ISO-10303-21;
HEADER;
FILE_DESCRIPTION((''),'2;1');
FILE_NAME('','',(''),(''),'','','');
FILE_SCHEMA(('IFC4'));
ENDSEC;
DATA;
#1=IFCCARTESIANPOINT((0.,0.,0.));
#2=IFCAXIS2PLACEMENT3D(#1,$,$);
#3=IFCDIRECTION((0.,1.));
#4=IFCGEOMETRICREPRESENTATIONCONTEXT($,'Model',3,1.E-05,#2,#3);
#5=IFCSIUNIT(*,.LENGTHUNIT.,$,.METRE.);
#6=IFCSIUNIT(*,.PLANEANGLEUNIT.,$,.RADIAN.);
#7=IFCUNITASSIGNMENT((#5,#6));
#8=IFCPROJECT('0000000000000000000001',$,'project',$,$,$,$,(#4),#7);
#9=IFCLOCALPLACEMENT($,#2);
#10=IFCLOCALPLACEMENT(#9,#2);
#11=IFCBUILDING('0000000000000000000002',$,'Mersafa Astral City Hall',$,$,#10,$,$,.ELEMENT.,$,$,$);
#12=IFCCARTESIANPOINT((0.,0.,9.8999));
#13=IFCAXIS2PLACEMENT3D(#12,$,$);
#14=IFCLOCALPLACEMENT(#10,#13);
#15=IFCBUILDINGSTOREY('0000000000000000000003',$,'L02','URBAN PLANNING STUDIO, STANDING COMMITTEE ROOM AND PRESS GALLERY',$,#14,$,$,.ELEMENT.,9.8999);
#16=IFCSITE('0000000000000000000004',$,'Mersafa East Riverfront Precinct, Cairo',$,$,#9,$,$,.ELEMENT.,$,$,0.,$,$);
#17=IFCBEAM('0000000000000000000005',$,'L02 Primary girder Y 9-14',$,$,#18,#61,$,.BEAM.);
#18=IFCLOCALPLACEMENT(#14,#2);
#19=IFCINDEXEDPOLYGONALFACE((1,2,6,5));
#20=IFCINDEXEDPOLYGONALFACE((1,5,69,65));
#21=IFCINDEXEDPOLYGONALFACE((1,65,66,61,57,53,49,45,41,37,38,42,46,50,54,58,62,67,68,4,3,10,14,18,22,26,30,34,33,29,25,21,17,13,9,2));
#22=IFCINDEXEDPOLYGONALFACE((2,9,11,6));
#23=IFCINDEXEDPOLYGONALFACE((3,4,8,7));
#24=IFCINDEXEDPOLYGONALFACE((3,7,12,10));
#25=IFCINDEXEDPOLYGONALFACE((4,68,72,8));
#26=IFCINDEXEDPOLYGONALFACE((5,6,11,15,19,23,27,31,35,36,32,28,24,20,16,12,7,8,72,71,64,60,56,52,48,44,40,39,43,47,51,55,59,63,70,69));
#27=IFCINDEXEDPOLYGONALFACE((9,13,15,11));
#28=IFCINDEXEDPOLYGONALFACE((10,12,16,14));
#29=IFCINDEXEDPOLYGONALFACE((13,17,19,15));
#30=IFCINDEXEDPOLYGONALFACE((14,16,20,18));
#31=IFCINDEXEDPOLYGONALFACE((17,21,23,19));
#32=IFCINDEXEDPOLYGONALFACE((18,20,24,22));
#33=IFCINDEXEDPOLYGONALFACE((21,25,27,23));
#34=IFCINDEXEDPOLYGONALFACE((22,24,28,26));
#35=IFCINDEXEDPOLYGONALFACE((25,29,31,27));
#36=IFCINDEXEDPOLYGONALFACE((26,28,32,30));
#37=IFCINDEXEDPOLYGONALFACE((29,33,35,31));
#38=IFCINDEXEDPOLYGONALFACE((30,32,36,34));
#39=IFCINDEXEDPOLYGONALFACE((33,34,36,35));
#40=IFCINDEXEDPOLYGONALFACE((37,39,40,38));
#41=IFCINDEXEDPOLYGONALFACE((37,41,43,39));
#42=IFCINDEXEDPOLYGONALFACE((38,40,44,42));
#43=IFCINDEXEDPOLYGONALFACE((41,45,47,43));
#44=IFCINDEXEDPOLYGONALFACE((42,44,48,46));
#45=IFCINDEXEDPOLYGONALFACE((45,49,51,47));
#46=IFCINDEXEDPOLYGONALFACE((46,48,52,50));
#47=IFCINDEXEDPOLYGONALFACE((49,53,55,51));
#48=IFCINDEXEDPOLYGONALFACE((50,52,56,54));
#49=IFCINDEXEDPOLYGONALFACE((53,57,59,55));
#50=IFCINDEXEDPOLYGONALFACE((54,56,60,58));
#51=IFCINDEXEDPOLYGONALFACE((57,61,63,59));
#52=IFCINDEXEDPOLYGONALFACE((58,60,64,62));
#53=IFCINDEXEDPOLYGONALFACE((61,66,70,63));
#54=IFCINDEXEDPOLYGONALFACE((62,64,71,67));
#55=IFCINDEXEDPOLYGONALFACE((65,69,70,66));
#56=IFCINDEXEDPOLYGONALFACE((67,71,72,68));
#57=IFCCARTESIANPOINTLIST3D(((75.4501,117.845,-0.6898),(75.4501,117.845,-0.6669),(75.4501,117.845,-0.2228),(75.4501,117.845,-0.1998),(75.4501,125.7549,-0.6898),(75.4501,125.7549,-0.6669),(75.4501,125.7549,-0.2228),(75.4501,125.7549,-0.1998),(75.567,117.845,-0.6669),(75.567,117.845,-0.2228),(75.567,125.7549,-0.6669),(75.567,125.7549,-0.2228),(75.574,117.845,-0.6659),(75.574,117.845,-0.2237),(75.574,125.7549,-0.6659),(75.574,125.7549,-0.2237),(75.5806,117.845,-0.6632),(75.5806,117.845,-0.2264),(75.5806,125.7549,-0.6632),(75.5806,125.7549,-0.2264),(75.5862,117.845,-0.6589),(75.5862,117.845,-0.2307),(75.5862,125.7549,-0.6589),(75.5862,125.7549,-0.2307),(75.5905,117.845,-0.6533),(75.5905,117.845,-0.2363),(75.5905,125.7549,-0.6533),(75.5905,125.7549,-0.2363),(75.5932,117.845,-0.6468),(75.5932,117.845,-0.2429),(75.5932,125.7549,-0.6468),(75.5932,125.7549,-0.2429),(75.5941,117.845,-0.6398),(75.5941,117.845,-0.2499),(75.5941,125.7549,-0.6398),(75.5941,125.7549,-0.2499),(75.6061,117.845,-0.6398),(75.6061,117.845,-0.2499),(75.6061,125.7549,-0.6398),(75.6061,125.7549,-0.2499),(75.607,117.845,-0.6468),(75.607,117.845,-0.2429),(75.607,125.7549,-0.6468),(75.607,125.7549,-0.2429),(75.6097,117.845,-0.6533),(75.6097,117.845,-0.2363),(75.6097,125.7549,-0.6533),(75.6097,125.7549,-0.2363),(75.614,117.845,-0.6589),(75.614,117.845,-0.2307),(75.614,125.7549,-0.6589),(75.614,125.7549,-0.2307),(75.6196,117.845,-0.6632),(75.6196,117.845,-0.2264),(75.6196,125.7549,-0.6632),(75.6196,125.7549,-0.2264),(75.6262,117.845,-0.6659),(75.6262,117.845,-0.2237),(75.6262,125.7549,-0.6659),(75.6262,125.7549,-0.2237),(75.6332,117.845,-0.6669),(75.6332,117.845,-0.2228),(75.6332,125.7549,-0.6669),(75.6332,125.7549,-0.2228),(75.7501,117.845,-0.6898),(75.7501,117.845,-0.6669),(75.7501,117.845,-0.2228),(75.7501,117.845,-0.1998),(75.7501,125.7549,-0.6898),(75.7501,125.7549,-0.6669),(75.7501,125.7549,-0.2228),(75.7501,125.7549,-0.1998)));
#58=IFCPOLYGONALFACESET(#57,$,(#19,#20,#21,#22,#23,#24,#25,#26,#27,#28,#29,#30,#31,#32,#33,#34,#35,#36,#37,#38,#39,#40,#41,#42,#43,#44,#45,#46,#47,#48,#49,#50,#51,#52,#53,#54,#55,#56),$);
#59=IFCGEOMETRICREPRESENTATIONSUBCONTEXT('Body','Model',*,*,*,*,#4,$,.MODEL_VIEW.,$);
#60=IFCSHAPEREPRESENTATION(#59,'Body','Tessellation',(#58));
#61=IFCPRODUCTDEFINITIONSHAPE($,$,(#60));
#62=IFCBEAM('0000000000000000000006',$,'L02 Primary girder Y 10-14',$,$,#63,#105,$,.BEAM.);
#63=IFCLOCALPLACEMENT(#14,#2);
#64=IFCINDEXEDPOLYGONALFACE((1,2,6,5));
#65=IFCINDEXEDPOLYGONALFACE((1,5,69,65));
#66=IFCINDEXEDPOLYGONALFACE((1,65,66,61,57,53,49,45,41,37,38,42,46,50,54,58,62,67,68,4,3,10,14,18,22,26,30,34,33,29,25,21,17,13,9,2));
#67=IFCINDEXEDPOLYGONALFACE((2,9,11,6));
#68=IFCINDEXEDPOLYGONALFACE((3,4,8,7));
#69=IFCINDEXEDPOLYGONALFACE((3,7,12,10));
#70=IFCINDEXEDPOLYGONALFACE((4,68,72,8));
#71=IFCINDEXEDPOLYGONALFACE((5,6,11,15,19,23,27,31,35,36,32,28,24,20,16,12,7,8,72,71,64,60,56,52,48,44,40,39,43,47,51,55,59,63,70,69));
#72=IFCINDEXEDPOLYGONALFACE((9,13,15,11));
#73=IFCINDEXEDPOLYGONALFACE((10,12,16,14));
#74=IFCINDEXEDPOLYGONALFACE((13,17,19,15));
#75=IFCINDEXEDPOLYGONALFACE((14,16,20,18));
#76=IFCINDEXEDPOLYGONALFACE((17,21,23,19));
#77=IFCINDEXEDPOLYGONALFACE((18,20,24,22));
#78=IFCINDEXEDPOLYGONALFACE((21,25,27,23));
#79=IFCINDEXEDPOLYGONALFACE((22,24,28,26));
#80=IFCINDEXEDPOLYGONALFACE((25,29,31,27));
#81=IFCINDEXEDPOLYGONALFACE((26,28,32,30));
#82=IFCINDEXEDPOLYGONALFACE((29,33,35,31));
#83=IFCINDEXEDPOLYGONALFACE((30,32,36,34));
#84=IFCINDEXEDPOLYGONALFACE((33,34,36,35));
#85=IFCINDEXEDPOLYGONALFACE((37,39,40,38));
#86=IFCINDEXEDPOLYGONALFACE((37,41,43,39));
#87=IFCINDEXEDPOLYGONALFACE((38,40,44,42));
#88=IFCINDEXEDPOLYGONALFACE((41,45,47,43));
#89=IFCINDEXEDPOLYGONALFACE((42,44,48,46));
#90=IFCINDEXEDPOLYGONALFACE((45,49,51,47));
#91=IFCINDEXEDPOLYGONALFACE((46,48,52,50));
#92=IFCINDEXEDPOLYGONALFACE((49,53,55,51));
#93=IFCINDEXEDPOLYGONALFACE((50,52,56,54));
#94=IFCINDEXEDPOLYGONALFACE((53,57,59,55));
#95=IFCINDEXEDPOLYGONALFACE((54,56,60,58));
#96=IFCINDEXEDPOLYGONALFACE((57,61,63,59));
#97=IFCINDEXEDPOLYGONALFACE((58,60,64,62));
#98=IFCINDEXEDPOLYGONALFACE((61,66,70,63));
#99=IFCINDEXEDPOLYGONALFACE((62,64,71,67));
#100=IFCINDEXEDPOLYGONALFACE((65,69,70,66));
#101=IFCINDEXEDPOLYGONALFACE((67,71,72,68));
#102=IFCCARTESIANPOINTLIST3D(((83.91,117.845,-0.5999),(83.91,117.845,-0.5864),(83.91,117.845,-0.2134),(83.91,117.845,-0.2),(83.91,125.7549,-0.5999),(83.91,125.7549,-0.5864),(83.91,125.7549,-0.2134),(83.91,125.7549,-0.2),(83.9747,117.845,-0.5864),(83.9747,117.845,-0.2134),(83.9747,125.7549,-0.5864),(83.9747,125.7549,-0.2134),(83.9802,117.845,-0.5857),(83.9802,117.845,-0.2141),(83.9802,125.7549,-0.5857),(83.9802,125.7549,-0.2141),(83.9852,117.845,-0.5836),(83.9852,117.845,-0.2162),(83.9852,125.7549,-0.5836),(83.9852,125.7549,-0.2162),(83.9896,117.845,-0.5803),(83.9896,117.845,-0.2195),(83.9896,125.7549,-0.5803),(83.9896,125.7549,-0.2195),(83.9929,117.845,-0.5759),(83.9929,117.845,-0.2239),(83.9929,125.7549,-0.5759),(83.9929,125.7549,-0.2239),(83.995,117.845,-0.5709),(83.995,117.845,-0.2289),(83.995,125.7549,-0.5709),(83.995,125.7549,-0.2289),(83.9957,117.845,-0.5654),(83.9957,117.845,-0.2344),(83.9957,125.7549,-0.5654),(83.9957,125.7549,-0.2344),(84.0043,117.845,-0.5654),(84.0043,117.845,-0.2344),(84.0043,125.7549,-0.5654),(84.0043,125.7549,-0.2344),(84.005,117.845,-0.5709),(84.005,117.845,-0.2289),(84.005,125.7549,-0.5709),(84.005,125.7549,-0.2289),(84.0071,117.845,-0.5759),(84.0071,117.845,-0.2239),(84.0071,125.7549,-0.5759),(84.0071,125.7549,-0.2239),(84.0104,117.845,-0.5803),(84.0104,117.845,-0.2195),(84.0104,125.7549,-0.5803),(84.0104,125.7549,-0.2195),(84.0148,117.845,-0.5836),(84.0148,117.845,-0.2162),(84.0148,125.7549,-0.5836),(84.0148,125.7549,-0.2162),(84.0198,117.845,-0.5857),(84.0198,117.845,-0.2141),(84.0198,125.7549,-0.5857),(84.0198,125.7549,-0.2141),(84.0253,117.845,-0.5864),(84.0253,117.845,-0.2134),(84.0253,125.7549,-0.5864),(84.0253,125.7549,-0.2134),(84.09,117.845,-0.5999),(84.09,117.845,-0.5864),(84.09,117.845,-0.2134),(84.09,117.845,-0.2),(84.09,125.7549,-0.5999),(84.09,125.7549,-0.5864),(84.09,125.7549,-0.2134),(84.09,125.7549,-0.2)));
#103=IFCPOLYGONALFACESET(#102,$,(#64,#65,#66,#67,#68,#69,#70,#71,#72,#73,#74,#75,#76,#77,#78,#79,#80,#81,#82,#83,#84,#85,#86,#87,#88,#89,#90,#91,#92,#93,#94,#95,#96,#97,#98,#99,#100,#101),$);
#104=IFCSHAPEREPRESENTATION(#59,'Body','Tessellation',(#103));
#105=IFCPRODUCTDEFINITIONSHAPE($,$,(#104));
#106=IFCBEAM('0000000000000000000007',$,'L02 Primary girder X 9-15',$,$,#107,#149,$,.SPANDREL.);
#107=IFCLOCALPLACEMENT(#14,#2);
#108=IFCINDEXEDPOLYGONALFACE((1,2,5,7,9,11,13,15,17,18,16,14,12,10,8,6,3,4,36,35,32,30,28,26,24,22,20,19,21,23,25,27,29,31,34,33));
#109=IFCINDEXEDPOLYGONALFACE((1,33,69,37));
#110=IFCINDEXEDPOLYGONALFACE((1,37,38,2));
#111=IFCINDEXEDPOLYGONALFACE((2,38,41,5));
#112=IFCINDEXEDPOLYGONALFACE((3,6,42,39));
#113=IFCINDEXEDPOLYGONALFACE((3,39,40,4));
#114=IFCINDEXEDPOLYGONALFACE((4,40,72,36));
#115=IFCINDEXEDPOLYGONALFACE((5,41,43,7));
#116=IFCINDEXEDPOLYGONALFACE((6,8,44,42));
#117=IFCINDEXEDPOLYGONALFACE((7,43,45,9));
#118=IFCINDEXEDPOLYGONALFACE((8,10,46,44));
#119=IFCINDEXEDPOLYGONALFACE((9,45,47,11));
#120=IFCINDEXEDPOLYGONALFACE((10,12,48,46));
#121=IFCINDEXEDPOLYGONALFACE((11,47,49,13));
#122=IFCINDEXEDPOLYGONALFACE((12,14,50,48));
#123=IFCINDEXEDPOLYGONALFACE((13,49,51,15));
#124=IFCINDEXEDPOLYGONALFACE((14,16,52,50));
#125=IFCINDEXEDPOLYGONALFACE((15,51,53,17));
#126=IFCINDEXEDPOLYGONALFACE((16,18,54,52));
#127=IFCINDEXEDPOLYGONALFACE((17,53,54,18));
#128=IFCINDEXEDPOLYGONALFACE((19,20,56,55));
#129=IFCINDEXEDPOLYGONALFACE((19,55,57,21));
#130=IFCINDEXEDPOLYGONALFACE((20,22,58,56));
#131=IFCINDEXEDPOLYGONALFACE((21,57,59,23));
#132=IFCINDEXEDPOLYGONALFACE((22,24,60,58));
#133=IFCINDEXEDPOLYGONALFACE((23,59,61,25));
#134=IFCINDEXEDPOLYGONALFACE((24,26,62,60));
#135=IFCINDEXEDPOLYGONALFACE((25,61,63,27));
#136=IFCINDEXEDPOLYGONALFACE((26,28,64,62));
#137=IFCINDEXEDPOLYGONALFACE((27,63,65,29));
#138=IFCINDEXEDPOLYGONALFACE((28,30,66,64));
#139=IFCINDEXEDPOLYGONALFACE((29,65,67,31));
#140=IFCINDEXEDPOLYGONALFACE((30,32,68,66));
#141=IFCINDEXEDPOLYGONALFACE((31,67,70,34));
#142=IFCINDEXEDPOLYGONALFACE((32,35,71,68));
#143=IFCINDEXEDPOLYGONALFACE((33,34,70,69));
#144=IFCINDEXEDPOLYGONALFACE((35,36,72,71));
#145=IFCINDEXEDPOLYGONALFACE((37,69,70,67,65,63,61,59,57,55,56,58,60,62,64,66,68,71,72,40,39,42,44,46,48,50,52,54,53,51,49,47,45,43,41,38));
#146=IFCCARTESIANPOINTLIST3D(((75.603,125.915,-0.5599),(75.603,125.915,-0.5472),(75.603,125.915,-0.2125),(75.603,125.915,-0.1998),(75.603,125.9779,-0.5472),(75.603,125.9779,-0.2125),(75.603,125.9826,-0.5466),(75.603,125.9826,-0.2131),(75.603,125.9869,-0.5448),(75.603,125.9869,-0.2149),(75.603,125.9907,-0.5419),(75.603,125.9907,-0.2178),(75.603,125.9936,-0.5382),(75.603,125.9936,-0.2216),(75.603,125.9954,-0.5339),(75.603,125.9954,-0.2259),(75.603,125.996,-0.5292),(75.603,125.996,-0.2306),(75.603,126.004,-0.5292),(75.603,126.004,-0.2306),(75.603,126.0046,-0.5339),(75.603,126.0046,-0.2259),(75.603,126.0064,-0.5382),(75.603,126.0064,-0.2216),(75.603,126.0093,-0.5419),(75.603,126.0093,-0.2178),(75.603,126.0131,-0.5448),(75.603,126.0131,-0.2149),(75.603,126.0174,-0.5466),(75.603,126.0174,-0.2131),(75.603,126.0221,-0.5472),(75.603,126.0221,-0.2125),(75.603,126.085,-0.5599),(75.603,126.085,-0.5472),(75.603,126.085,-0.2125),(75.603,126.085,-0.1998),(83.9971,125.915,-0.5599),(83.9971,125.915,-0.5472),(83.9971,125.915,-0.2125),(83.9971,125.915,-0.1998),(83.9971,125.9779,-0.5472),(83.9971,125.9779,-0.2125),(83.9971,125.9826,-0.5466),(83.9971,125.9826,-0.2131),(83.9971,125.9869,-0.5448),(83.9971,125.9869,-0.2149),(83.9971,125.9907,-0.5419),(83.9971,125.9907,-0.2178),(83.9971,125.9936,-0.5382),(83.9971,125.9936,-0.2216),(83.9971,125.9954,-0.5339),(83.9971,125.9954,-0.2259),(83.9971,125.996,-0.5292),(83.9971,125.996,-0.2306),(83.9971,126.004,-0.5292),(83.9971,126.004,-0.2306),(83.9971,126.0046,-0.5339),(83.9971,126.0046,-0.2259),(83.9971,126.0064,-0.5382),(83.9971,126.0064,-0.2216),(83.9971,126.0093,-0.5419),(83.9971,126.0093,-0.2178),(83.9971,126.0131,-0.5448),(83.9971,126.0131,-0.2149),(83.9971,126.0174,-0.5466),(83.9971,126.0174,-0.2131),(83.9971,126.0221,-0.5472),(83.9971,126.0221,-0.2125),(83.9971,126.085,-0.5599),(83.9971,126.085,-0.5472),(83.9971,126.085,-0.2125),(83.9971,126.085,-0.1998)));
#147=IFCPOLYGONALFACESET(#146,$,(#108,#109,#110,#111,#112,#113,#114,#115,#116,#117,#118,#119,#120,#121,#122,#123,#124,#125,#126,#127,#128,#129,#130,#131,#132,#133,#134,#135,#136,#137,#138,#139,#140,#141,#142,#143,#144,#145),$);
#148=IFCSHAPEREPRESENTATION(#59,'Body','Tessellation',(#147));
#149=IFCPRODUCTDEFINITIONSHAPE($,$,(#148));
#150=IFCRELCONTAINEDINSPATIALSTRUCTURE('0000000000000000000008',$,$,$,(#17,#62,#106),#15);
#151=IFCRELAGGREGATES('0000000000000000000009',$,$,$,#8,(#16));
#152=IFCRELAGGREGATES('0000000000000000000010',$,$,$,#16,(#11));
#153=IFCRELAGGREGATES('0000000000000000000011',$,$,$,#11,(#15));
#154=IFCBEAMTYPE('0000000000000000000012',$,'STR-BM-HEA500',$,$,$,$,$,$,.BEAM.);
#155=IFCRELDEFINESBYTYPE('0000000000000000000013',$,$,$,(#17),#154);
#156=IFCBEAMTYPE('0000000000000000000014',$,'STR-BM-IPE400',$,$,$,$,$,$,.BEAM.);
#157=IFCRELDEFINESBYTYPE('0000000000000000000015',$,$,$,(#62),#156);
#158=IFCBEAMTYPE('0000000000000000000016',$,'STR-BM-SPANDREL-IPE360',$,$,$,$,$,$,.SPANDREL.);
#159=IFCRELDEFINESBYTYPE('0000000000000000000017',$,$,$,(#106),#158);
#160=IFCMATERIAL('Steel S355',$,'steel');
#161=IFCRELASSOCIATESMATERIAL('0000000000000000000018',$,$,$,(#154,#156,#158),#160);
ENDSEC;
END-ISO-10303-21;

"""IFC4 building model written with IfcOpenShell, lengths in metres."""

from ifc_helpers import new_model, si_unit, direction, frame, origin, origin_2d, place, context, subcontext, project, spatial, i_section, extrude, material, material_profile, profile_set, type_object, element, save


model = new_model("IFC4")

# Units and contexts
model_context = context("Model", 3, precision=1e-05, world=origin(), true_north=direction((0.0, 1.0)))
body_context = subcontext(model_context, "Body", "Model", "MODEL_VIEW")
ifc_project = project(units=[si_unit("LENGTHUNIT", "METRE"), si_unit("PLANEANGLEUNIT", "RADIAN")], contexts=[model_context])

# Site, building, storey
site_placement = place(None, origin())
site = spatial("IfcSite", under=ifc_project, at=site_placement, Name="Mersafa East Riverfront Precinct, Cairo", CompositionType="ELEMENT", RefElevation=0.0)
building_placement = place(site_placement, origin())
building = spatial("IfcBuilding", under=site, at=building_placement, Name="Mersafa Astral City Hall", CompositionType="ELEMENT")
storey_placement = place(building_placement, frame((0.0, 0.0, 9.8999)))
storey = spatial("IfcBuildingStorey", under=building, at=storey_placement, Name="L02", Description="URBAN PLANNING STUDIO, STANDING COMMITTEE ROOM AND PRESS GALLERY", CompositionType="ELEMENT", Elevation=9.8999)

# Shared definitions
ifc_material_1 = material(Name="Steel S355", Category="steel")

# Beams
ifc_material_profile_1 = material_profile(ifc_material_1, i_section(OverallWidth=0.3, OverallDepth=0.49, WebThickness=0.012, FlangeThickness=0.0229, FilletRadius=0.0271, at=origin_2d()), Name="HEA 500")
ifc_profile_set_1 = profile_set([ifc_material_profile_1], Name="Steel S355")
beam_type_1 = type_object("IfcBeamType", Name="STR-BM-HEA500", PredefinedType="BEAM", material=ifc_profile_set_1)
beam_1_placement = place(storey_placement, frame((75.6001, 117.845, -0.4448), z_axis=(0.0, 1.0, 0.0), x_axis=(-1.0, 0.0, 0.0)))
element("IfcBeam", 1, at=beam_1_placement, inside=storey, type_object=beam_type_1, Name="L02 Primary girder Y 9-14", PredefinedType="BEAM", context=body_context, shape_type="SweptSolid", body=[
    extrude(i_section(OverallWidth=0.3, OverallDepth=0.49, WebThickness=0.012, FlangeThickness=0.0229, FilletRadius=0.0271, at=origin_2d()), origin(), (0.0, 0.0, 1.0), 7.9099),
])
ifc_material_profile_2 = material_profile(ifc_material_1, i_section(OverallWidth=0.1799, OverallDepth=0.3999, WebThickness=0.0085, FlangeThickness=0.0134, FilletRadius=0.021, at=origin_2d()), Name="IPE 400")
ifc_profile_set_2 = profile_set([ifc_material_profile_2], Name="Steel S355")
beam_type_2 = type_object("IfcBeamType", Name="STR-BM-IPE400", PredefinedType="BEAM", material=ifc_profile_set_2)
beam_2_placement = place(storey_placement, frame((84.0, 117.845, -0.3999), z_axis=(0.0, 1.0, 0.0), x_axis=(-1.0, 0.0, 0.0)))
element("IfcBeam", 2, at=beam_2_placement, inside=storey, type_object=beam_type_2, Name="L02 Primary girder Y 10-14", PredefinedType="BEAM", context=body_context, shape_type="SweptSolid", body=[
    extrude(i_section(OverallWidth=0.1799, OverallDepth=0.3999, WebThickness=0.0085, FlangeThickness=0.0134, FilletRadius=0.021, at=origin_2d()), origin(), (0.0, 0.0, 1.0), 7.9099),
])
ifc_material_profile_3 = material_profile(ifc_material_1, i_section(OverallWidth=0.1699, OverallDepth=0.3601, WebThickness=0.0081, FlangeThickness=0.0127, FilletRadius=0.0181, at=origin_2d()), Name="IPE 360")
ifc_profile_set_3 = profile_set([ifc_material_profile_3], Name="Steel S355")
beam_type_3 = type_object("IfcBeamType", Name="STR-BM-SPANDREL-IPE360", PredefinedType="SPANDREL", material=ifc_profile_set_3)
beam_3_placement = place(storey_placement, frame((75.603, 126.0, -0.3799), z_axis=(1.0, 0.0, 0.0), x_axis=(0.0, 1.0, 0.0)))
element("IfcBeam", 3, at=beam_3_placement, inside=storey, type_object=beam_type_3, Name="L02 Primary girder X 9-15", PredefinedType="SPANDREL", context=body_context, shape_type="SweptSolid", body=[
    extrude(i_section(OverallWidth=0.1699, OverallDepth=0.3601, WebThickness=0.0081, FlangeThickness=0.0127, FilletRadius=0.0181, at=origin_2d()), origin(), (0.0, 0.0, 1.0), 8.394),
])

save(model, "model.ifc")
